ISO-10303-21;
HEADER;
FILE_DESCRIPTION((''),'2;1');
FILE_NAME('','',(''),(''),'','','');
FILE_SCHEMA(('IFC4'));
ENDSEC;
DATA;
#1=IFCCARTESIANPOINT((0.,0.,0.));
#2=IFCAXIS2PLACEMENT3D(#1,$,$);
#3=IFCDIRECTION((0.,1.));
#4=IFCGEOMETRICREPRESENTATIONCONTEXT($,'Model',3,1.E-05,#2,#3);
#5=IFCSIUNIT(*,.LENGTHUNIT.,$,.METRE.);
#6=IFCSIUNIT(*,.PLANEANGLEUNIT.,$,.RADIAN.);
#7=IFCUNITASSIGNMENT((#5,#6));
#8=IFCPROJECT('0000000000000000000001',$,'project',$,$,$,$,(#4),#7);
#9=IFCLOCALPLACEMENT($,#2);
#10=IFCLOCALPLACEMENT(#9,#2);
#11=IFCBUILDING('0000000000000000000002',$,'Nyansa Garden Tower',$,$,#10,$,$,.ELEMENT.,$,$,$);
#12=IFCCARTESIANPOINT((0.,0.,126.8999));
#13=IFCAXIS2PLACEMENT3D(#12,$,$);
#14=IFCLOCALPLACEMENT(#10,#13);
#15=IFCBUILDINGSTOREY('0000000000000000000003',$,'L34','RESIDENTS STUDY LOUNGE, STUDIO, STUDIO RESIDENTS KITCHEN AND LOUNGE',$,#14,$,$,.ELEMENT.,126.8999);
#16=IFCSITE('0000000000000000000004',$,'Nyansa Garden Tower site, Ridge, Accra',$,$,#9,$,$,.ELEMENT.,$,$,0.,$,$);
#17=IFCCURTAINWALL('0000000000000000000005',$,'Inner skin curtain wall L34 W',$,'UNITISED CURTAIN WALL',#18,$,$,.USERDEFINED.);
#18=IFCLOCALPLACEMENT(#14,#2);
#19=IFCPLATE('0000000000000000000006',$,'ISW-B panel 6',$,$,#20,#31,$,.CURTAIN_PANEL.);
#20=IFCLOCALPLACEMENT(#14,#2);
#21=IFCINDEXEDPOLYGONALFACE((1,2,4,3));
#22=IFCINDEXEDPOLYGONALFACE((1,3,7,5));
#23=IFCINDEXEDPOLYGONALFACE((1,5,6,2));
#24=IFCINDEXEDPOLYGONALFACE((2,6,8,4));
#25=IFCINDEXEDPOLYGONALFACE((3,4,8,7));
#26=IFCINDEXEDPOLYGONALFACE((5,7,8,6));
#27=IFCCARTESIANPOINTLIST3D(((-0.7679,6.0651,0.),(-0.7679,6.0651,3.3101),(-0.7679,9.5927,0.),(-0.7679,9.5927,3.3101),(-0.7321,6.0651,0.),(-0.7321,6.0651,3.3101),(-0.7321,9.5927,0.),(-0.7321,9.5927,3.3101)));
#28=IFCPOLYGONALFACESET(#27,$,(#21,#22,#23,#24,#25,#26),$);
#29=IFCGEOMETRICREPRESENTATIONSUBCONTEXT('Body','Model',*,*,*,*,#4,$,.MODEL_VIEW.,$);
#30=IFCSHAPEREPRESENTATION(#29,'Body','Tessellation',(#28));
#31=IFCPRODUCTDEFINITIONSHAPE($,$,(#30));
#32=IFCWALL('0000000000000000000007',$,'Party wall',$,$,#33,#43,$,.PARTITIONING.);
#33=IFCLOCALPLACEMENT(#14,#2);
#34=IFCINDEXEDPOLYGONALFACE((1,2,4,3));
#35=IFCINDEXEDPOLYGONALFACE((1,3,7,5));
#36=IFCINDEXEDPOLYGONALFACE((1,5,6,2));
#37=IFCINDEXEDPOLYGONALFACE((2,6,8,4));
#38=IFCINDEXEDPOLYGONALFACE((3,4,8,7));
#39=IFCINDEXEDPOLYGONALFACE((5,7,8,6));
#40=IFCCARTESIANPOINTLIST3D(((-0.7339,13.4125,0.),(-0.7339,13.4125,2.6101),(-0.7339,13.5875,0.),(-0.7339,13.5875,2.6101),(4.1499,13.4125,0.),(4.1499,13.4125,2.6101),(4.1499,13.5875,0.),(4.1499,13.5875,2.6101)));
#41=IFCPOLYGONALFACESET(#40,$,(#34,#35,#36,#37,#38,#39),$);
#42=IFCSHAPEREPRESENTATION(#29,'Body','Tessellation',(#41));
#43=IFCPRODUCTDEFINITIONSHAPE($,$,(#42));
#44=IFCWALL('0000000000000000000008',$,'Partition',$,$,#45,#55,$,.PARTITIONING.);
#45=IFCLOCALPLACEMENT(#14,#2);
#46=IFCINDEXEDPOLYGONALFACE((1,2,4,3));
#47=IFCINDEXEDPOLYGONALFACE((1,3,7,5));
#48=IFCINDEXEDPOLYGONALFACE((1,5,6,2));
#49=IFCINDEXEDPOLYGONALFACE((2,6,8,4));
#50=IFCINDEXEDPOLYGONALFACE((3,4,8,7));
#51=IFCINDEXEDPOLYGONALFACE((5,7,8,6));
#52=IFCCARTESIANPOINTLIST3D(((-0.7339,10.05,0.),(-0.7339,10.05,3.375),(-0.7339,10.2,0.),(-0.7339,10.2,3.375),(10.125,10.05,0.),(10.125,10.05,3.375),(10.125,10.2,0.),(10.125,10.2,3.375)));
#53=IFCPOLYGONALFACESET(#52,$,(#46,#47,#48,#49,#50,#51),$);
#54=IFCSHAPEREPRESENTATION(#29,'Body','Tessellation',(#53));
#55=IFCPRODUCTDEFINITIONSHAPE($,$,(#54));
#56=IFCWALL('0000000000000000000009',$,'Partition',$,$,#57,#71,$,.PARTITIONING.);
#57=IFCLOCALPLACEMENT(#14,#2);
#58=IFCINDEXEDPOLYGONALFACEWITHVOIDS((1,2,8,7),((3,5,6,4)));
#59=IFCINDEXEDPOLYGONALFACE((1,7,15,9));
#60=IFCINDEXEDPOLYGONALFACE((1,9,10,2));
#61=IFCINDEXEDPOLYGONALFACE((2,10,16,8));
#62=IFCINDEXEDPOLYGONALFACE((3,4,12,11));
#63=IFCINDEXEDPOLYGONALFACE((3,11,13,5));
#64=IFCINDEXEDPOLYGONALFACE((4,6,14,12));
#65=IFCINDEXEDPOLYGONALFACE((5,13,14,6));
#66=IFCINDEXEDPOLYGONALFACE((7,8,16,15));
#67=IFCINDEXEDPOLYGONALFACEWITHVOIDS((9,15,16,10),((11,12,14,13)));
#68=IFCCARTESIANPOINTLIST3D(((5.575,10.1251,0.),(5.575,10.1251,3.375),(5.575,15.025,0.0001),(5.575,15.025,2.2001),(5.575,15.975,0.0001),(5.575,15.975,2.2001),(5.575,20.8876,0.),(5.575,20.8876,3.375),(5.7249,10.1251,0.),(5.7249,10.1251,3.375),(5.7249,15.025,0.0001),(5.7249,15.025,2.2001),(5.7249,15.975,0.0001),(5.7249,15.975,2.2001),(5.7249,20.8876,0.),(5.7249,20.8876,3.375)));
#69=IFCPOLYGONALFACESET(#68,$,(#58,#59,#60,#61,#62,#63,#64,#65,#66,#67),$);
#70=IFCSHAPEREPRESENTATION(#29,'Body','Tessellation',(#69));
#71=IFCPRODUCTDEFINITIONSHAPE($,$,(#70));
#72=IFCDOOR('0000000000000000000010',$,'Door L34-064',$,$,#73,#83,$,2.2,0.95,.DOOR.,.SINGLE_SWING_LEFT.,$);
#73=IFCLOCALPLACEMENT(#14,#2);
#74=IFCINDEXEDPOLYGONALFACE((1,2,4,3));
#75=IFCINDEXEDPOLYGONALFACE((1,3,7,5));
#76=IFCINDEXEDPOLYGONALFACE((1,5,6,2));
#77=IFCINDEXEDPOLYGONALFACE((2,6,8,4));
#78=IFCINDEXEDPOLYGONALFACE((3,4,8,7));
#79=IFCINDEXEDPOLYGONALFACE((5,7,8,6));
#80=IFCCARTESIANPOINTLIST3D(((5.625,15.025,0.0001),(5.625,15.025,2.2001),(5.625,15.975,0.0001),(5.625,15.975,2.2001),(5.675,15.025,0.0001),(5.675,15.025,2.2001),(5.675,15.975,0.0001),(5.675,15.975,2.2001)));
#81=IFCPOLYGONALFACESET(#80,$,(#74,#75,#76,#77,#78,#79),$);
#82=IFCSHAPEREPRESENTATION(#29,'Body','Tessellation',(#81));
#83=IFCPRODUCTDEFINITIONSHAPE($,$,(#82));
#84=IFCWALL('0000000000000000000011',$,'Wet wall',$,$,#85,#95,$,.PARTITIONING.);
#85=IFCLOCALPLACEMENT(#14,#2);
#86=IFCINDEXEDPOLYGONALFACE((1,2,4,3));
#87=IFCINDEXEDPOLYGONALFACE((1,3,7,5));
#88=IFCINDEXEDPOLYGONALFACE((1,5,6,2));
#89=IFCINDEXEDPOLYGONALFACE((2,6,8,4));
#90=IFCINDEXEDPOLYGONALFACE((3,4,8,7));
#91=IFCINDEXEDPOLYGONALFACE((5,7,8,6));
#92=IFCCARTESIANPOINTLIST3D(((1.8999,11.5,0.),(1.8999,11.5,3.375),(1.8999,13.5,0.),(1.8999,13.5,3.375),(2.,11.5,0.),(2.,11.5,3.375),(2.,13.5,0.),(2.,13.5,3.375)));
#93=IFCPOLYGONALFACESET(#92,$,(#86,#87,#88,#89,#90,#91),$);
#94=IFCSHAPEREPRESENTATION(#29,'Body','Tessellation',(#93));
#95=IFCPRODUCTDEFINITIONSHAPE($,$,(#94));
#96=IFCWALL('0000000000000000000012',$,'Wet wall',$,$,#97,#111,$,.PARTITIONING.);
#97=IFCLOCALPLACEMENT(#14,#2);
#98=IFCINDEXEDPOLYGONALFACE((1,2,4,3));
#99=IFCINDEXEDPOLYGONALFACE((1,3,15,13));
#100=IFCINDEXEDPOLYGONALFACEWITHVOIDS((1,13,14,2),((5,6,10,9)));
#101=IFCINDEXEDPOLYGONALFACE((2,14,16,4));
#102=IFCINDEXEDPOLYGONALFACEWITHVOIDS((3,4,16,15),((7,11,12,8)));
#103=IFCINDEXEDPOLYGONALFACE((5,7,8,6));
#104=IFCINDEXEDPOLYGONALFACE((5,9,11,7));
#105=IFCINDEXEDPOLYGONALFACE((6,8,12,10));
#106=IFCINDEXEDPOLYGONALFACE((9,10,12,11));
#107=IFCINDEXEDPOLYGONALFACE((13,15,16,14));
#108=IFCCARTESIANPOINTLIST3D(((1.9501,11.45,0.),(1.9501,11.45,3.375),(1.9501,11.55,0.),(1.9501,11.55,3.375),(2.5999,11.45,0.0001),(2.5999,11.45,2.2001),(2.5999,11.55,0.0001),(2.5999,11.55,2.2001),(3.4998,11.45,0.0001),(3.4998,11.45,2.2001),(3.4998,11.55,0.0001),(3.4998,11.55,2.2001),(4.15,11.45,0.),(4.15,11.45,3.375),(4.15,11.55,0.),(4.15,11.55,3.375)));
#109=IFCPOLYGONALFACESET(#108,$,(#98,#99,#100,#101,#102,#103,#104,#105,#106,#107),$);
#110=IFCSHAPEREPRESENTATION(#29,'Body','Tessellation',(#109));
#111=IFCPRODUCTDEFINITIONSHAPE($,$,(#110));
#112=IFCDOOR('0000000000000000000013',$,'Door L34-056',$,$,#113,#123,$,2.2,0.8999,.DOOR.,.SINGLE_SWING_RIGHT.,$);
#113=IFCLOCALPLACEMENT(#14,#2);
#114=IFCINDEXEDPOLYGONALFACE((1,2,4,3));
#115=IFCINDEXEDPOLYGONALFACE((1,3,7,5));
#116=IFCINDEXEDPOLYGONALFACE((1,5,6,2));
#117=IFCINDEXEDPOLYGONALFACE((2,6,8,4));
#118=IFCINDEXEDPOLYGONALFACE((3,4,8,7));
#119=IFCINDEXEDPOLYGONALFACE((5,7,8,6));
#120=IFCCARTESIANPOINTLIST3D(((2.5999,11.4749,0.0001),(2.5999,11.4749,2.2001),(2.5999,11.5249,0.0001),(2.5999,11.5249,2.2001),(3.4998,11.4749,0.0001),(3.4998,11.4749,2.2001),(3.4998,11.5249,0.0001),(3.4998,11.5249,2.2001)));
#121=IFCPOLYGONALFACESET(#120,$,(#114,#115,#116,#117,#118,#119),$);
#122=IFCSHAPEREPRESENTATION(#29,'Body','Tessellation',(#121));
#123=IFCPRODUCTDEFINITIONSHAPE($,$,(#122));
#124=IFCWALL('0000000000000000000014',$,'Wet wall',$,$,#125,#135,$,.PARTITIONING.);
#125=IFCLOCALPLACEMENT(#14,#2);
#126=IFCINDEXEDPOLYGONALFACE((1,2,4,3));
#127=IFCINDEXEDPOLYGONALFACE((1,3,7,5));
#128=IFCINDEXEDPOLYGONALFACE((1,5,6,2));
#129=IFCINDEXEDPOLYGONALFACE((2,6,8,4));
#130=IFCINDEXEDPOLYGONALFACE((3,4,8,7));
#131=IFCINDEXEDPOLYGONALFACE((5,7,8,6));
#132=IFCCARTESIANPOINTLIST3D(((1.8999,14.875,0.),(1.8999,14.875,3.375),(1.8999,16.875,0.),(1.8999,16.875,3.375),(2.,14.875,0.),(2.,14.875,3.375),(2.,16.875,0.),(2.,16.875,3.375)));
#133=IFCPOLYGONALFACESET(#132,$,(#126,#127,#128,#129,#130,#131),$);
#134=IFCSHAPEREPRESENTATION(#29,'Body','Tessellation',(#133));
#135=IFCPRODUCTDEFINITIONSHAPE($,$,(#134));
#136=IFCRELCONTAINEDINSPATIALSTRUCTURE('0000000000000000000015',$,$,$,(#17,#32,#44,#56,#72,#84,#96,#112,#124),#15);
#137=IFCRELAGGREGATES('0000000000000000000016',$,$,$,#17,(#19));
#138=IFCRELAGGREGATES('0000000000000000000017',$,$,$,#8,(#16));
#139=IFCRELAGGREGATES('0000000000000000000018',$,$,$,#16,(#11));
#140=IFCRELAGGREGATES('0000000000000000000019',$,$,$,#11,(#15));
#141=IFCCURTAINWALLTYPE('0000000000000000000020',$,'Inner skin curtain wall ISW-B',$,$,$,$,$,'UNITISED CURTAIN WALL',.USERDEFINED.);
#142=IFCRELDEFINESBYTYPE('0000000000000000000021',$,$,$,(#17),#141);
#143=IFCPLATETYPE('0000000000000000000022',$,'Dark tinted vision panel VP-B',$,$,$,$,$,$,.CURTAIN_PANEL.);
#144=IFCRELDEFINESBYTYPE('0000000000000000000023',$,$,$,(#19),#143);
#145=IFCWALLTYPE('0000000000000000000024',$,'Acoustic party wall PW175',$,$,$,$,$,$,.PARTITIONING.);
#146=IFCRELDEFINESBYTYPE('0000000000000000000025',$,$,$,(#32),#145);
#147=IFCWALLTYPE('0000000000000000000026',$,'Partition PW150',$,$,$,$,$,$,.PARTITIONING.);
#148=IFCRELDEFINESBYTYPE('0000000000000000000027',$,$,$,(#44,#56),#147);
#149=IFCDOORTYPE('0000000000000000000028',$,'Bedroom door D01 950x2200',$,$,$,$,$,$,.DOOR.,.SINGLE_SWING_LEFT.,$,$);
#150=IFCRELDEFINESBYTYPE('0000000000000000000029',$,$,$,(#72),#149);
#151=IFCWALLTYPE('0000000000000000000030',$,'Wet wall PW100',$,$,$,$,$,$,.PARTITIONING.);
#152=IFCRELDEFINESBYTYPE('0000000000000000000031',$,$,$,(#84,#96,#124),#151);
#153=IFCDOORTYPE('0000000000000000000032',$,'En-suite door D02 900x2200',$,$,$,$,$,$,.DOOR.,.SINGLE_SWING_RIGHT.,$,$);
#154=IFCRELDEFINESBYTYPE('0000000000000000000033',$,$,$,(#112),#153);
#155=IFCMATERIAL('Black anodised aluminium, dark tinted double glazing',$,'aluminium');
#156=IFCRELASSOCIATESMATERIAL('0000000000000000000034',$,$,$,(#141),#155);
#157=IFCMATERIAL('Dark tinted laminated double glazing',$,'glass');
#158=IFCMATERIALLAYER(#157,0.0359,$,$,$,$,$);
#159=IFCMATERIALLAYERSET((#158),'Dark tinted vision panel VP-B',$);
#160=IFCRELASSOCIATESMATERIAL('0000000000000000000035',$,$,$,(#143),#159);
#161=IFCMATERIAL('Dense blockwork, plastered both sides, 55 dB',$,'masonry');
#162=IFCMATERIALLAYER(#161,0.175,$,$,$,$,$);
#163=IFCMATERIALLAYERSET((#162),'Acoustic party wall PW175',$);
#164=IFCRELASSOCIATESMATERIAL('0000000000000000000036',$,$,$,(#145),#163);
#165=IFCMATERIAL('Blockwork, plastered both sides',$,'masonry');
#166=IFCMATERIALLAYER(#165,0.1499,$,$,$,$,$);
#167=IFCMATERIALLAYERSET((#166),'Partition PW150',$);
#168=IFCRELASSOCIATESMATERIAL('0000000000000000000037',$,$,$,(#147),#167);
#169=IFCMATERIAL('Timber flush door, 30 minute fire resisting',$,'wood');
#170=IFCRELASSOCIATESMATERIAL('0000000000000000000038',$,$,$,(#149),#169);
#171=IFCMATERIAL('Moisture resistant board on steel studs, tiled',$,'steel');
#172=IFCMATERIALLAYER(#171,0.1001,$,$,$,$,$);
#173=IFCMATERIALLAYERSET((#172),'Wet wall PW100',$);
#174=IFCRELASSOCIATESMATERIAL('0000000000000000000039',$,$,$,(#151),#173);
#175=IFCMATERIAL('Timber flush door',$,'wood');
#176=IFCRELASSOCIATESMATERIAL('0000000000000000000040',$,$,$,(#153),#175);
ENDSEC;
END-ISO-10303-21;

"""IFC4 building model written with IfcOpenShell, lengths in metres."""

from ifc_helpers import new_model, si_unit, direction, frame, frame_2d, origin, origin_2d, place, context, subcontext, project, spatial, rectangle, extrude, material, layer, layer_set, type_object, element, fill, aggregate, save


model = new_model("IFC4")

# Units and contexts
model_context = context("Model", 3, precision=1e-05, world=origin(), true_north=direction((0.0, 1.0)))
body_context = subcontext(model_context, "Body", "Model", "MODEL_VIEW")
ifc_project = project(units=[si_unit("LENGTHUNIT", "METRE"), si_unit("PLANEANGLEUNIT", "RADIAN")], contexts=[model_context])

# Site, building, storey
site_placement = place(None, origin())
site = spatial("IfcSite", under=ifc_project, at=site_placement, Name="Nyansa Garden Tower site, Ridge, Accra", CompositionType="ELEMENT", RefElevation=0.0)
building_placement = place(site_placement, origin())
building = spatial("IfcBuilding", under=site, at=building_placement, Name="Nyansa Garden Tower", CompositionType="ELEMENT")
storey_placement = place(building_placement, frame((0.0, 0.0, 126.8999)))
storey = spatial("IfcBuildingStorey", under=building, at=storey_placement, Name="L34", Description="RESIDENTS STUDY LOUNGE, STUDIO, STUDIO RESIDENTS KITCHEN AND LOUNGE", CompositionType="ELEMENT", Elevation=126.8999)

# Curtain wall
ifc_material_1 = material(Name="Black anodised aluminium, dark tinted double glazing", Category="aluminium")
curtain_wall_type = type_object("IfcCurtainWallType", Name="Inner skin curtain wall ISW-B", ElementType="UNITISED CURTAIN WALL", PredefinedType="USERDEFINED", material=ifc_material_1)
curtain_wall_placement = place(storey_placement, origin())
curtain_wall = element("IfcCurtainWall", 1, at=curtain_wall_placement, inside=storey, type_object=curtain_wall_type, Name="Inner skin curtain wall L34 W", ObjectType="UNITISED CURTAIN WALL", PredefinedType="USERDEFINED")

# Plate
ifc_material_2 = material(Name="Dark tinted laminated double glazing", Category="glass")
ifc_layer_1 = layer(ifc_material_2, 0.0359)
ifc_layer_set_1 = layer_set([ifc_layer_1], Name="Dark tinted vision panel VP-B")
plate_type = type_object("IfcPlateType", Name="Dark tinted vision panel VP-B", PredefinedType="CURTAIN_PANEL", material=ifc_layer_set_1)
plate_1_placement = place(storey_placement, frame((-0.75, 7.8289, 0.0), z_axis=(0.0, 0.0, 1.0), x_axis=(0.0, -1.0, 0.0)))
plate_1 = element("IfcPlate", 2, at=plate_1_placement, type_object=plate_type, Name="ISW-B panel 6", PredefinedType="CURTAIN_PANEL", context=body_context, shape_type="SweptSolid", body=[
    extrude(rectangle(XDim=3.5276, YDim=0.0359, at=origin_2d()), origin(), (0.0, 0.0, 1.0), 3.3101),
])
aggregate(curtain_wall, [plate_1])

# Walls
ifc_material_3 = material(Name="Dense blockwork, plastered both sides, 55 dB", Category="masonry")
ifc_layer_2 = layer(ifc_material_3, 0.175)
ifc_layer_set_2 = layer_set([ifc_layer_2], Name="Acoustic party wall PW175")
wall_type_1 = type_object("IfcWallType", Name="Acoustic party wall PW175", PredefinedType="PARTITIONING", material=ifc_layer_set_2)
wall_1_placement = place(storey_placement, frame((-0.7339, 13.5, 0.0), z_axis=(0.0, 0.0, 1.0), x_axis=(1.0, 0.0, 0.0)))
element("IfcWall", 3, at=wall_1_placement, inside=storey, type_object=wall_type_1, Name="Party wall", PredefinedType="PARTITIONING", context=body_context, shape_type="SweptSolid", body=[
    extrude(rectangle(XDim=4.8838, YDim=0.175, at=frame_2d((2.4419, 0.0))), origin(), (0.0, 0.0, 1.0), 2.6101),
])
ifc_material_4 = material(Name="Blockwork, plastered both sides", Category="masonry")
ifc_layer_3 = layer(ifc_material_4, 0.1499)
ifc_layer_set_3 = layer_set([ifc_layer_3], Name="Partition PW150")
wall_type_2 = type_object("IfcWallType", Name="Partition PW150", PredefinedType="PARTITIONING", material=ifc_layer_set_3)
wall_2_placement = place(storey_placement, frame((-0.7339, 10.125, 0.0), z_axis=(0.0, 0.0, 1.0), x_axis=(1.0, 0.0, 0.0)))
element("IfcWall", 4, at=wall_2_placement, inside=storey, type_object=wall_type_2, Name="Partition", PredefinedType="PARTITIONING", context=body_context, shape_type="SweptSolid", body=[
    extrude(rectangle(XDim=10.8589, YDim=0.1499, at=frame_2d((5.4294, 0.0))), origin(), (0.0, 0.0, 1.0), 3.375),
])

# Wall, opening, door
wall_3_placement = place(storey_placement, frame((5.6499, 10.125, 0.0), z_axis=(0.0, 0.0, 1.0), x_axis=(0.0, 1.0, 0.0)))
wall_3 = element("IfcWall", 5, at=wall_3_placement, inside=storey, type_object=wall_type_2, Name="Partition", PredefinedType="PARTITIONING", context=body_context, shape_type="SweptSolid", body=[
    extrude(rectangle(XDim=10.7625, YDim=0.1499, at=frame_2d((5.3813, 0.0))), origin(), (0.0, 0.0, 1.0), 3.375),
])
opening_1_placement = place(wall_3_placement, frame((4.8999, 0.0, 0.0)))
opening_1 = element("IfcOpeningElement", 6, at=opening_1_placement, cuts=wall_3, PredefinedType="OPENING", context=body_context, shape_type="SweptSolid", body=[
    extrude(rectangle(XDim=0.95, YDim=2.2, at=frame_2d((0.4751, 1.1001))), frame((0.0, 0.085, 0.0), z_axis=(0.0, -1.0, 0.0), x_axis=(1.0, 0.0, 0.0)), (0.0, 0.0, 1.0), 0.1699),
])
ifc_material_5 = material(Name="Timber flush door, 30 minute fire resisting", Category="wood")
door_type_1 = type_object("IfcDoorType", Name="Bedroom door D01 950x2200", OperationType="SINGLE_SWING_LEFT", PredefinedType="DOOR", material=ifc_material_5)
door_1_placement = place(opening_1_placement, origin())
door_1 = element("IfcDoor", 7, at=door_1_placement, inside=storey, type_object=door_type_1, Name="Door L34-064", OperationType="SINGLE_SWING_LEFT", OverallHeight=2.2, OverallWidth=0.95, PredefinedType="DOOR", context=body_context, shape_type="SweptSolid", body=[
    extrude(rectangle(XDim=0.95, YDim=2.2, at=frame_2d((0.4751, 1.1001))), frame((0.0, 0.0249, 0.0), z_axis=(0.0, -1.0, 0.0), x_axis=(1.0, 0.0, 0.0)), (0.0, 0.0, 1.0), 0.05),
])
fill(opening_1, door_1)

# Wall
ifc_material_6 = material(Name="Moisture resistant board on steel studs, tiled", Category="steel")
ifc_layer_4 = layer(ifc_material_6, 0.1001)
ifc_layer_set_4 = layer_set([ifc_layer_4], Name="Wet wall PW100")
wall_type_3 = type_object("IfcWallType", Name="Wet wall PW100", PredefinedType="PARTITIONING", material=ifc_layer_set_4)
wall_4_placement = place(storey_placement, frame((1.95, 11.5, 0.0), z_axis=(0.0, 0.0, 1.0), x_axis=(0.0, 1.0, 0.0)))
element("IfcWall", 8, at=wall_4_placement, inside=storey, type_object=wall_type_3, Name="Wet wall", PredefinedType="PARTITIONING", context=body_context, shape_type="SweptSolid", body=[
    extrude(rectangle(XDim=2.0, YDim=0.1001, at=frame_2d((1.0, 0.0))), origin(), (0.0, 0.0, 1.0), 3.375),
])

# Wall, opening, door
wall_5_placement = place(storey_placement, frame((1.95, 11.5, 0.0), z_axis=(0.0, 0.0, 1.0), x_axis=(1.0, 0.0, 0.0)))
wall_5 = element("IfcWall", 9, at=wall_5_placement, inside=storey, type_object=wall_type_3, Name="Wet wall", PredefinedType="PARTITIONING", context=body_context, shape_type="SweptSolid", body=[
    extrude(rectangle(XDim=2.2, YDim=0.1001, at=frame_2d((1.1001, 0.0))), origin(), (0.0, 0.0, 1.0), 3.375),
])
opening_2_placement = place(wall_5_placement, frame((0.6499, 0.0, 0.0)))
opening_2 = element("IfcOpeningElement", 10, at=opening_2_placement, cuts=wall_5, PredefinedType="OPENING", context=body_context, shape_type="SweptSolid", body=[
    extrude(rectangle(XDim=0.8999, YDim=2.2, at=frame_2d((0.45, 1.1001))), frame((0.0, 0.0601, 0.0), z_axis=(0.0, -1.0, 0.0), x_axis=(1.0, 0.0, 0.0)), (0.0, 0.0, 1.0), 0.1201),
])
ifc_material_7 = material(Name="Timber flush door", Category="wood")
door_type_2 = type_object("IfcDoorType", Name="En-suite door D02 900x2200", OperationType="SINGLE_SWING_RIGHT", PredefinedType="DOOR", material=ifc_material_7)
door_2_placement = place(opening_2_placement, origin())
door_2 = element("IfcDoor", 11, at=door_2_placement, inside=storey, type_object=door_type_2, Name="Door L34-056", OperationType="SINGLE_SWING_RIGHT", OverallHeight=2.2, OverallWidth=0.8999, PredefinedType="DOOR", context=body_context, shape_type="SweptSolid", body=[
    extrude(rectangle(XDim=0.8999, YDim=2.2, at=frame_2d((0.45, 1.1001))), frame((0.0, 0.0249, 0.0), z_axis=(0.0, -1.0, 0.0), x_axis=(1.0, 0.0, 0.0)), (0.0, 0.0, 1.0), 0.05),
])
fill(opening_2, door_2)

# Wall
wall_6_placement = place(storey_placement, frame((1.95, 14.875, 0.0), z_axis=(0.0, 0.0, 1.0), x_axis=(0.0, 1.0, 0.0)))
element("IfcWall", 12, at=wall_6_placement, inside=storey, type_object=wall_type_3, Name="Wet wall", PredefinedType="PARTITIONING", context=body_context, shape_type="SweptSolid", body=[
    extrude(rectangle(XDim=2.0, YDim=0.1001, at=frame_2d((1.0, 0.0))), origin(), (0.0, 0.0, 1.0), 3.375),
])

save(model, "model.ifc")
